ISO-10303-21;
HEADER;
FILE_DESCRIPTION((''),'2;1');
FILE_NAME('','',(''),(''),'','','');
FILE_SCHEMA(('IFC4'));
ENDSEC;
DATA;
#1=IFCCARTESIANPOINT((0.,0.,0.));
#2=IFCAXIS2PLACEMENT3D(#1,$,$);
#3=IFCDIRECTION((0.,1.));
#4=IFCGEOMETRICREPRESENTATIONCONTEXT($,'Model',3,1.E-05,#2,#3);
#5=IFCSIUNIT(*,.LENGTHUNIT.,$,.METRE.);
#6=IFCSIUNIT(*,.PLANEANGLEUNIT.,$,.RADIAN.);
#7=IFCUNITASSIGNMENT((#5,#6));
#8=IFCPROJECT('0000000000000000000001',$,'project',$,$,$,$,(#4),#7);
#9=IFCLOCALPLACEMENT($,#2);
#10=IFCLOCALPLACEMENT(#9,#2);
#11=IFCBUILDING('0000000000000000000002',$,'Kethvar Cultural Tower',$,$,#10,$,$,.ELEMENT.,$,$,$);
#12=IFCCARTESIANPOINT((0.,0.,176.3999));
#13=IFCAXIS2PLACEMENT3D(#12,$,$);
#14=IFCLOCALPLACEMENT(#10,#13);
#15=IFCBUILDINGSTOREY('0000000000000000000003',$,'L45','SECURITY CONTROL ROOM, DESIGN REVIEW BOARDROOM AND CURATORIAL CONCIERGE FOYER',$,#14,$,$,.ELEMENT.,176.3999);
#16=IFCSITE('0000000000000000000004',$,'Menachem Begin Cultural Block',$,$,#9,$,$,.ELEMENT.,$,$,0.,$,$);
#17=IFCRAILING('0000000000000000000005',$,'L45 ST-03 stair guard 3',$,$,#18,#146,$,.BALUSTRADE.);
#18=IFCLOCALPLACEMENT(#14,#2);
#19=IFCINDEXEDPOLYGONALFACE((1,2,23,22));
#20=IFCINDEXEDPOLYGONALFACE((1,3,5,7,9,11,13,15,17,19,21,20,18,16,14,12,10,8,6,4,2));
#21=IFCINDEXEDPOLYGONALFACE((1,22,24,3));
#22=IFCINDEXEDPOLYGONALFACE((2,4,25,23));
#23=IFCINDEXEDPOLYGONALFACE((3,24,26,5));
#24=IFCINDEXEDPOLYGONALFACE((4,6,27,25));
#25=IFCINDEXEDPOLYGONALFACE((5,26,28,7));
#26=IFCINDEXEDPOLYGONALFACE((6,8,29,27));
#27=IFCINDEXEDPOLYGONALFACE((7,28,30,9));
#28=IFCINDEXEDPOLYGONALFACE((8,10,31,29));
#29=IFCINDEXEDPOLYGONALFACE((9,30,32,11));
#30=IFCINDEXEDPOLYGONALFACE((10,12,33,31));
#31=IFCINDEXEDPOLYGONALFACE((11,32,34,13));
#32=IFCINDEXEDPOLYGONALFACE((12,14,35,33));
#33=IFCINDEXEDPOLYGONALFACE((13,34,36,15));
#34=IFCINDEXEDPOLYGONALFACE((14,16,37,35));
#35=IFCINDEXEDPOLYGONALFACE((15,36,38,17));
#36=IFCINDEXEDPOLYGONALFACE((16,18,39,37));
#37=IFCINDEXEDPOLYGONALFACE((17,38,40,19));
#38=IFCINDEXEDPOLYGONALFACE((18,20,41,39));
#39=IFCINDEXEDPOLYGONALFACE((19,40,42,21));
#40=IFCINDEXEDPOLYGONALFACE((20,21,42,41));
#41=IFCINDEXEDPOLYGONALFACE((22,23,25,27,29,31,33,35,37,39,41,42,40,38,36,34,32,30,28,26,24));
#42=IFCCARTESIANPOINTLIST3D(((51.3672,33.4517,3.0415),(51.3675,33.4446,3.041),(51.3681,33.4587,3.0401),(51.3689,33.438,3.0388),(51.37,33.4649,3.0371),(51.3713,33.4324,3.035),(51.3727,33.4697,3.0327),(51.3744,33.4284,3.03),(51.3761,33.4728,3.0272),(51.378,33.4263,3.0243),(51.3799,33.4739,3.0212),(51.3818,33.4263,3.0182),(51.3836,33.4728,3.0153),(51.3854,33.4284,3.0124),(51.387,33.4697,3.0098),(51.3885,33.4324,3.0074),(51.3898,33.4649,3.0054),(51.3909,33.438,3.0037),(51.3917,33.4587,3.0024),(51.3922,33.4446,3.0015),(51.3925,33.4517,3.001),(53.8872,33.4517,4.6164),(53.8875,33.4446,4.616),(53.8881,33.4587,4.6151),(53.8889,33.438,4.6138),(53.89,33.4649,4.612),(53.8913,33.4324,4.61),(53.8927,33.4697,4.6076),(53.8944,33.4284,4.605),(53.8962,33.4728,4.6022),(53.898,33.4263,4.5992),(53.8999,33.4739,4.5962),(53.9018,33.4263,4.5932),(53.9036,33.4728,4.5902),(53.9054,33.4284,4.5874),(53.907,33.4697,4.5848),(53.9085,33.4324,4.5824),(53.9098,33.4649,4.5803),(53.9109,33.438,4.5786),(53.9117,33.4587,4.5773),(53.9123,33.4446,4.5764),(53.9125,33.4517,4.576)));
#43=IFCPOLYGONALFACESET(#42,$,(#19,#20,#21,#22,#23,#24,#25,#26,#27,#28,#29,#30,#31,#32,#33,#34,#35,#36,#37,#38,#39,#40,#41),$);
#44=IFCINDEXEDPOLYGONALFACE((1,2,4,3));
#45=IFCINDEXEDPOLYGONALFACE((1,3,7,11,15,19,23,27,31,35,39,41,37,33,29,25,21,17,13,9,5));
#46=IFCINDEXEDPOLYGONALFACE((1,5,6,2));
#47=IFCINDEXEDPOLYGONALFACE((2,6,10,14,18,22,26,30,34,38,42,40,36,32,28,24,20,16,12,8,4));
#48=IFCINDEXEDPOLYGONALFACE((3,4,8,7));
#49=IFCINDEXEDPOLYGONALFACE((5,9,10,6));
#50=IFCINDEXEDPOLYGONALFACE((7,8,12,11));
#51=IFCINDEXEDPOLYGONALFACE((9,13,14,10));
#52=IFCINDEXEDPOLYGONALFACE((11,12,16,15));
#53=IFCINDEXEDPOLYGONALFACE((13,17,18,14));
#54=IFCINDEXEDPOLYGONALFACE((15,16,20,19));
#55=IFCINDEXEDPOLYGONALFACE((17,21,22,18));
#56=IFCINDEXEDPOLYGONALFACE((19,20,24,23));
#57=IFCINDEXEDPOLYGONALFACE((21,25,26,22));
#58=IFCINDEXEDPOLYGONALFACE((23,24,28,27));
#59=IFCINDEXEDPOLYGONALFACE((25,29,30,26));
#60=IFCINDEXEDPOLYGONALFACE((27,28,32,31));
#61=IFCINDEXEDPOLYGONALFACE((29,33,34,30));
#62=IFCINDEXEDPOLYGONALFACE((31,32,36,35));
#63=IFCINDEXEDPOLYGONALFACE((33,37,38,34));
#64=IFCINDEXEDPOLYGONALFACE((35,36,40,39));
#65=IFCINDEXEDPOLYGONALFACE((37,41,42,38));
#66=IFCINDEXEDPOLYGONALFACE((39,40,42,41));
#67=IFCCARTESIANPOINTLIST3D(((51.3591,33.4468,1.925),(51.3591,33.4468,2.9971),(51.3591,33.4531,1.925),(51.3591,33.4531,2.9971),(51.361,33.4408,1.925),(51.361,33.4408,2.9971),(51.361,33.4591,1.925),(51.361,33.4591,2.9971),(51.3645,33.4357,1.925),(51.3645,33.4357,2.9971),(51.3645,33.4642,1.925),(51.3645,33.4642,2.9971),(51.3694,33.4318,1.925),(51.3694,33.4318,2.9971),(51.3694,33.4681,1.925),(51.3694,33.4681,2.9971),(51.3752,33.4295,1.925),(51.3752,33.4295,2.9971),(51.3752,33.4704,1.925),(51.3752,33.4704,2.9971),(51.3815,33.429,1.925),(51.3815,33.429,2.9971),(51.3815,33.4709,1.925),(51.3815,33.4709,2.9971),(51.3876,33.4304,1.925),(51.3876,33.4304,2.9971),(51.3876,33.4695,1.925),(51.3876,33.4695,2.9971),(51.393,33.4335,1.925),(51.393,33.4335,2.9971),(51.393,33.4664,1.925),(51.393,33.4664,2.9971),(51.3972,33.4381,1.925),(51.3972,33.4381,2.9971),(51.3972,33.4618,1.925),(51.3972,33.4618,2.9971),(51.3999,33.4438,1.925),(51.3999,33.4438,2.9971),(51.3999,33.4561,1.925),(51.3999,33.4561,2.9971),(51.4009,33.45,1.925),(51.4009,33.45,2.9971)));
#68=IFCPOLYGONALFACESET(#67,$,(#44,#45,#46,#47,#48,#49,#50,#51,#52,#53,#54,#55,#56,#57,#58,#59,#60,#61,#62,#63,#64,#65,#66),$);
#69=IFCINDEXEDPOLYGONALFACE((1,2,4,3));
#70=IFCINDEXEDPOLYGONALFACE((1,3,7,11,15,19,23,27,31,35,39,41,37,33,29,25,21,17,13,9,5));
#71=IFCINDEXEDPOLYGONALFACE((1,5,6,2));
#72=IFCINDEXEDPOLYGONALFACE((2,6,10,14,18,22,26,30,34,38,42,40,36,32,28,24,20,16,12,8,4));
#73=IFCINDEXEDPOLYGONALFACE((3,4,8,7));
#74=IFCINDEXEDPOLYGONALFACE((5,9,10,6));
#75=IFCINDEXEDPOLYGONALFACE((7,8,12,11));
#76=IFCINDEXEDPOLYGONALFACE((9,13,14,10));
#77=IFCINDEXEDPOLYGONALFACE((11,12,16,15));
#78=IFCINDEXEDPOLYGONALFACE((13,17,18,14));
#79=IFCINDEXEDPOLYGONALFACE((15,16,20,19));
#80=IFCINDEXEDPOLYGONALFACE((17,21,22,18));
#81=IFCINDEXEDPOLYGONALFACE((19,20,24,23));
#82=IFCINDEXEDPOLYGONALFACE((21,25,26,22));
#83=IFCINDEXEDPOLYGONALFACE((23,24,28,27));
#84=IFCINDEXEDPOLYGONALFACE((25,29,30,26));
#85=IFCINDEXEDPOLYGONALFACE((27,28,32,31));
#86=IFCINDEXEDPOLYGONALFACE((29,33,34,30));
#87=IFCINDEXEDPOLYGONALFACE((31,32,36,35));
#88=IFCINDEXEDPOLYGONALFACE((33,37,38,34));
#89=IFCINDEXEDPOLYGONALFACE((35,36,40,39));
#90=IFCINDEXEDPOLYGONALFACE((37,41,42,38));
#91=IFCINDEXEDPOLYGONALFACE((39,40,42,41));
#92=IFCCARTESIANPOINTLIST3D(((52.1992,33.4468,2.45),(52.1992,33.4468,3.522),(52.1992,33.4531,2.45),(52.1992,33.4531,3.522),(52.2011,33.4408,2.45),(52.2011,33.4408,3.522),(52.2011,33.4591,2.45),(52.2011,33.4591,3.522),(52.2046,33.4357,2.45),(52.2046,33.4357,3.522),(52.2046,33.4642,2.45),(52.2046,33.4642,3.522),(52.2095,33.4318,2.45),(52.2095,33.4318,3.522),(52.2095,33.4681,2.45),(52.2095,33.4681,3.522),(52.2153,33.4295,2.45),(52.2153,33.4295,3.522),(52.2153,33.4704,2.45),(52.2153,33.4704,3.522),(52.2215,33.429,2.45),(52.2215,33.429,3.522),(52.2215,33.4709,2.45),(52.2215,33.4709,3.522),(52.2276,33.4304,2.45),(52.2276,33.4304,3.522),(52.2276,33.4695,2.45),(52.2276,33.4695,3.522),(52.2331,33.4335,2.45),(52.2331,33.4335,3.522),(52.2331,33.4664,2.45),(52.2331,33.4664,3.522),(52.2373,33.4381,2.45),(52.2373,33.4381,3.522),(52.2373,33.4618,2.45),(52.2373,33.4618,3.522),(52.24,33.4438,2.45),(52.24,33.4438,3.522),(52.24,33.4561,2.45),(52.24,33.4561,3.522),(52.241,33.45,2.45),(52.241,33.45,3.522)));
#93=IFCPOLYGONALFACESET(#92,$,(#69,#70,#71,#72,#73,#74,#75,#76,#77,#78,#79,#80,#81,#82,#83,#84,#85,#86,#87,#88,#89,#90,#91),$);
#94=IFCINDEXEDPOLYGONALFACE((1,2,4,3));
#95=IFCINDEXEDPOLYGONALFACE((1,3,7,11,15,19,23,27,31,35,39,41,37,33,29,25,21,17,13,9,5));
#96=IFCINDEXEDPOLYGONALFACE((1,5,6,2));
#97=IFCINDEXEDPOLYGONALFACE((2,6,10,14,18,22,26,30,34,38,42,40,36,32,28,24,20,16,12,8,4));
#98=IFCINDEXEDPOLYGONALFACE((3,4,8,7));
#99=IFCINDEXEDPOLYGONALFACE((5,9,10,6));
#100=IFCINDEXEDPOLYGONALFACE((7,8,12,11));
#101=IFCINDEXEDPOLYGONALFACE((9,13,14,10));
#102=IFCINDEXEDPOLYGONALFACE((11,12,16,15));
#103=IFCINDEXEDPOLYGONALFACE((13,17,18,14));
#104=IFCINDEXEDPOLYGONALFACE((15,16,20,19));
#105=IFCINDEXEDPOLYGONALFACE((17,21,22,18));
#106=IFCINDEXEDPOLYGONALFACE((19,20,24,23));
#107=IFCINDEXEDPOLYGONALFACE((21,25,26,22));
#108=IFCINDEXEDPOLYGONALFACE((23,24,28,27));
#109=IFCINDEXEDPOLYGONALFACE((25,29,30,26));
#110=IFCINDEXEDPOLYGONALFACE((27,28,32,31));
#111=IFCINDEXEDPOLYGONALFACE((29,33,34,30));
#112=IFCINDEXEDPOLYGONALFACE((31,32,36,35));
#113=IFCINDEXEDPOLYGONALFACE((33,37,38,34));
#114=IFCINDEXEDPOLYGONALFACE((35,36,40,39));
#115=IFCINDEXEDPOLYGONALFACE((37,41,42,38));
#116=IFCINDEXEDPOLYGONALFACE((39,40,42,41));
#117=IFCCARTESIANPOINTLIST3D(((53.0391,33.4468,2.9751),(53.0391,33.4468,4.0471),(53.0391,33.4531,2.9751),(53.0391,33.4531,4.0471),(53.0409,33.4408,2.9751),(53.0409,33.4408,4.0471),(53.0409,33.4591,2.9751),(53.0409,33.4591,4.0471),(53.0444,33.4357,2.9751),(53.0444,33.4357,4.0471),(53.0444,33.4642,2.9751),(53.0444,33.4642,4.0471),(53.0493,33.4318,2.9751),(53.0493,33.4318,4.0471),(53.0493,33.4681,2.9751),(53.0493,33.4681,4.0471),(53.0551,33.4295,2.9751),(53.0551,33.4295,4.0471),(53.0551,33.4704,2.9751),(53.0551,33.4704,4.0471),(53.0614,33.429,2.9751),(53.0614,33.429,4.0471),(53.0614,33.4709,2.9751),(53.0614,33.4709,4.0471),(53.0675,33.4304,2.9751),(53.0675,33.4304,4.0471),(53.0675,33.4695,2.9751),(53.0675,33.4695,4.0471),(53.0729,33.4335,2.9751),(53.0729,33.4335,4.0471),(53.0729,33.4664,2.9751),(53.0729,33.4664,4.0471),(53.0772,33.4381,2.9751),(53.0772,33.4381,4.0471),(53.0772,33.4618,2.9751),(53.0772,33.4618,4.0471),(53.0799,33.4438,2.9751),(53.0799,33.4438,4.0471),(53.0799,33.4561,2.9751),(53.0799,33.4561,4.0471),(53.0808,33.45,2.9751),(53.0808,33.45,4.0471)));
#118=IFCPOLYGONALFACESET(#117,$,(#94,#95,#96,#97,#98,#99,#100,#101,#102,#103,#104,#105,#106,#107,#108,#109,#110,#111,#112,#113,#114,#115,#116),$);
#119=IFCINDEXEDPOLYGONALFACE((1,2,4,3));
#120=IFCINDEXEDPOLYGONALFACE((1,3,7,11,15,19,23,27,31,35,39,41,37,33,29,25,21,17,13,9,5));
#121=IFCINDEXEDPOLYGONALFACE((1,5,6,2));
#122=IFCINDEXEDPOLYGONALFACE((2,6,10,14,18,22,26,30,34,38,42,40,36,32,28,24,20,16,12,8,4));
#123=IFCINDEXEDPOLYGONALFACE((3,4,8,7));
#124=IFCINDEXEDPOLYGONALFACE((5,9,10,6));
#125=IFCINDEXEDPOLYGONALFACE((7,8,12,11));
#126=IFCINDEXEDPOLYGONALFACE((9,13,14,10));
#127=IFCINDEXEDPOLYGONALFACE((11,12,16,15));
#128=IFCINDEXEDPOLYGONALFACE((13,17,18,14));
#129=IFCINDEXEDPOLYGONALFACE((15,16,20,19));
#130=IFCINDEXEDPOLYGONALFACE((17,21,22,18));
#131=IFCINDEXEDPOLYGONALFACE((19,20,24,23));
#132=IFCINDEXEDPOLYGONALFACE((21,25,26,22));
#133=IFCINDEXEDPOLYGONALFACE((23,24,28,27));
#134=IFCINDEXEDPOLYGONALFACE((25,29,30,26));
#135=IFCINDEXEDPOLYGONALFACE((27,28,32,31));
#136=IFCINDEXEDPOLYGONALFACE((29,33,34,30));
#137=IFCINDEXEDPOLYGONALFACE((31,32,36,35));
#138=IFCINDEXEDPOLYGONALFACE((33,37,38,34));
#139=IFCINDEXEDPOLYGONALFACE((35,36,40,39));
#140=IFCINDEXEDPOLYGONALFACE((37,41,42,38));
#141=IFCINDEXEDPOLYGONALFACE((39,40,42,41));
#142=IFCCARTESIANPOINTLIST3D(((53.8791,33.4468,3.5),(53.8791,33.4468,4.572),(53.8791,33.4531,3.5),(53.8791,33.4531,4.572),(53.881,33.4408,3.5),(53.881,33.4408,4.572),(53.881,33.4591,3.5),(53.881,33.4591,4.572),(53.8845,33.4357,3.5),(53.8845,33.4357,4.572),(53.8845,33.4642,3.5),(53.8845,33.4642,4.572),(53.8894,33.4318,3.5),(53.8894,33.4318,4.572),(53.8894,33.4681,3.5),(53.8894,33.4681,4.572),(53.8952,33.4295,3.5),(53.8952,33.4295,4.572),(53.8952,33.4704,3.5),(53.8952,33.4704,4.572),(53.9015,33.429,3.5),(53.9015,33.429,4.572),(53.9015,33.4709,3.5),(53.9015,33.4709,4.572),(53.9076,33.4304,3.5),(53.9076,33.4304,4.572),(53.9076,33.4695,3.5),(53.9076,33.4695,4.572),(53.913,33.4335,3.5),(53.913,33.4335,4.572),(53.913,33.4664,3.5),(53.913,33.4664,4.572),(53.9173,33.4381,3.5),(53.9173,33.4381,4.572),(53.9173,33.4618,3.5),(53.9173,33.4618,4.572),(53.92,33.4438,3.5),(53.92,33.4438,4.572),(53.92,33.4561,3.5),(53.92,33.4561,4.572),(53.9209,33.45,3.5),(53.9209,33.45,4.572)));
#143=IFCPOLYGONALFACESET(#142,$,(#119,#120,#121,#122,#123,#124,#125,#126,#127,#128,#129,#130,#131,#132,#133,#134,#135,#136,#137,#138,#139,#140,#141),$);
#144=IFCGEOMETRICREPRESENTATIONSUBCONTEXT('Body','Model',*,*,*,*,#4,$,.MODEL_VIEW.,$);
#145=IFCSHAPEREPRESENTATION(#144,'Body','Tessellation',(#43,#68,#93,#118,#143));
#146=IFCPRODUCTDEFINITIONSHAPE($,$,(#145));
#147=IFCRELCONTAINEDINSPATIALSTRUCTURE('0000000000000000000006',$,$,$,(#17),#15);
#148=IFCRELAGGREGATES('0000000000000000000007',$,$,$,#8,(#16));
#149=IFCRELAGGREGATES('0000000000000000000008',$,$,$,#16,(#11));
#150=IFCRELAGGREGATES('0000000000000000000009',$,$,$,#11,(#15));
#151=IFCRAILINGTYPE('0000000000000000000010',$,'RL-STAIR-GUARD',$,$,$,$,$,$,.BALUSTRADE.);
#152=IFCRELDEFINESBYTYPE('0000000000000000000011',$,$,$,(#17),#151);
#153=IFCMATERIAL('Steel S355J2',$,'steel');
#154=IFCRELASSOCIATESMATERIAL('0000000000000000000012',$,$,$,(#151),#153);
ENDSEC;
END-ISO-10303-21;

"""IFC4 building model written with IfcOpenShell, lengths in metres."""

from ifc_helpers import new_model, si_unit, direction, frame, origin, origin_2d, place, context, subcontext, project, spatial, circle, extrude, material, type_object, element, save


model = new_model("IFC4")

# Units and contexts
model_context = context("Model", 3, precision=1e-05, world=origin(), true_north=direction((0.0, 1.0)))
body_context = subcontext(model_context, "Body", "Model", "MODEL_VIEW")
ifc_project = project(units=[si_unit("LENGTHUNIT", "METRE"), si_unit("PLANEANGLEUNIT", "RADIAN")], contexts=[model_context])

# Site, building, storey
site_placement = place(None, origin())
site = spatial("IfcSite", under=ifc_project, at=site_placement, Name="Menachem Begin Cultural Block", CompositionType="ELEMENT", RefElevation=0.0)
building_placement = place(site_placement, origin())
building = spatial("IfcBuilding", under=site, at=building_placement, Name="Kethvar Cultural Tower", CompositionType="ELEMENT")
storey_placement = place(building_placement, frame((0.0, 0.0, 176.3999)))
storey = spatial("IfcBuildingStorey", under=building, at=storey_placement, Name="L45", Description="SECURITY CONTROL ROOM, DESIGN REVIEW BOARDROOM AND CURATORIAL CONCIERGE FOYER", CompositionType="ELEMENT", Elevation=176.3999)

# Shared definitions
ifc_material_1 = material(Name="Steel S355J2", Category="steel")

# Railing
railing_type_1 = type_object("IfcRailingType", Name="RL-STAIR-GUARD", PredefinedType="BALUSTRADE", material=ifc_material_1)
railing_1_placement = place(storey_placement, frame((51.3799, 33.45, 1.925)))
element("IfcRailing", 1, at=railing_1_placement, inside=storey, type_object=railing_type_1, Name="L45 ST-03 stair guard 3", PredefinedType="BALUSTRADE", context=body_context, shape_type="SweptSolid", body=[
    extrude(circle(Radius=0.0239, at=origin_2d()), frame((0.0, 0.0, 1.0962), z_axis=(0.848008, 0.0, 0.529984), x_axis=(0.0, 1.0, 0.0)), (0.0, 0.0, 1.0), 2.9717),
    extrude(circle(Radius=0.021, at=origin_2d()), origin(), (0.0, 0.0, 1.0), 1.072),
    extrude(circle(Radius=0.021, at=origin_2d()), frame((0.8401, 0.0, 0.5249)), (0.0, 0.0, 1.0), 1.072),
    extrude(circle(Radius=0.021, at=origin_2d()), frame((1.6799, 0.0, 1.05)), (0.0, 0.0, 1.0), 1.072),
    extrude(circle(Radius=0.021, at=origin_2d()), frame((2.52, 0.0, 1.575)), (0.0, 0.0, 1.0), 1.072),
])

save(model, "model.ifc")
